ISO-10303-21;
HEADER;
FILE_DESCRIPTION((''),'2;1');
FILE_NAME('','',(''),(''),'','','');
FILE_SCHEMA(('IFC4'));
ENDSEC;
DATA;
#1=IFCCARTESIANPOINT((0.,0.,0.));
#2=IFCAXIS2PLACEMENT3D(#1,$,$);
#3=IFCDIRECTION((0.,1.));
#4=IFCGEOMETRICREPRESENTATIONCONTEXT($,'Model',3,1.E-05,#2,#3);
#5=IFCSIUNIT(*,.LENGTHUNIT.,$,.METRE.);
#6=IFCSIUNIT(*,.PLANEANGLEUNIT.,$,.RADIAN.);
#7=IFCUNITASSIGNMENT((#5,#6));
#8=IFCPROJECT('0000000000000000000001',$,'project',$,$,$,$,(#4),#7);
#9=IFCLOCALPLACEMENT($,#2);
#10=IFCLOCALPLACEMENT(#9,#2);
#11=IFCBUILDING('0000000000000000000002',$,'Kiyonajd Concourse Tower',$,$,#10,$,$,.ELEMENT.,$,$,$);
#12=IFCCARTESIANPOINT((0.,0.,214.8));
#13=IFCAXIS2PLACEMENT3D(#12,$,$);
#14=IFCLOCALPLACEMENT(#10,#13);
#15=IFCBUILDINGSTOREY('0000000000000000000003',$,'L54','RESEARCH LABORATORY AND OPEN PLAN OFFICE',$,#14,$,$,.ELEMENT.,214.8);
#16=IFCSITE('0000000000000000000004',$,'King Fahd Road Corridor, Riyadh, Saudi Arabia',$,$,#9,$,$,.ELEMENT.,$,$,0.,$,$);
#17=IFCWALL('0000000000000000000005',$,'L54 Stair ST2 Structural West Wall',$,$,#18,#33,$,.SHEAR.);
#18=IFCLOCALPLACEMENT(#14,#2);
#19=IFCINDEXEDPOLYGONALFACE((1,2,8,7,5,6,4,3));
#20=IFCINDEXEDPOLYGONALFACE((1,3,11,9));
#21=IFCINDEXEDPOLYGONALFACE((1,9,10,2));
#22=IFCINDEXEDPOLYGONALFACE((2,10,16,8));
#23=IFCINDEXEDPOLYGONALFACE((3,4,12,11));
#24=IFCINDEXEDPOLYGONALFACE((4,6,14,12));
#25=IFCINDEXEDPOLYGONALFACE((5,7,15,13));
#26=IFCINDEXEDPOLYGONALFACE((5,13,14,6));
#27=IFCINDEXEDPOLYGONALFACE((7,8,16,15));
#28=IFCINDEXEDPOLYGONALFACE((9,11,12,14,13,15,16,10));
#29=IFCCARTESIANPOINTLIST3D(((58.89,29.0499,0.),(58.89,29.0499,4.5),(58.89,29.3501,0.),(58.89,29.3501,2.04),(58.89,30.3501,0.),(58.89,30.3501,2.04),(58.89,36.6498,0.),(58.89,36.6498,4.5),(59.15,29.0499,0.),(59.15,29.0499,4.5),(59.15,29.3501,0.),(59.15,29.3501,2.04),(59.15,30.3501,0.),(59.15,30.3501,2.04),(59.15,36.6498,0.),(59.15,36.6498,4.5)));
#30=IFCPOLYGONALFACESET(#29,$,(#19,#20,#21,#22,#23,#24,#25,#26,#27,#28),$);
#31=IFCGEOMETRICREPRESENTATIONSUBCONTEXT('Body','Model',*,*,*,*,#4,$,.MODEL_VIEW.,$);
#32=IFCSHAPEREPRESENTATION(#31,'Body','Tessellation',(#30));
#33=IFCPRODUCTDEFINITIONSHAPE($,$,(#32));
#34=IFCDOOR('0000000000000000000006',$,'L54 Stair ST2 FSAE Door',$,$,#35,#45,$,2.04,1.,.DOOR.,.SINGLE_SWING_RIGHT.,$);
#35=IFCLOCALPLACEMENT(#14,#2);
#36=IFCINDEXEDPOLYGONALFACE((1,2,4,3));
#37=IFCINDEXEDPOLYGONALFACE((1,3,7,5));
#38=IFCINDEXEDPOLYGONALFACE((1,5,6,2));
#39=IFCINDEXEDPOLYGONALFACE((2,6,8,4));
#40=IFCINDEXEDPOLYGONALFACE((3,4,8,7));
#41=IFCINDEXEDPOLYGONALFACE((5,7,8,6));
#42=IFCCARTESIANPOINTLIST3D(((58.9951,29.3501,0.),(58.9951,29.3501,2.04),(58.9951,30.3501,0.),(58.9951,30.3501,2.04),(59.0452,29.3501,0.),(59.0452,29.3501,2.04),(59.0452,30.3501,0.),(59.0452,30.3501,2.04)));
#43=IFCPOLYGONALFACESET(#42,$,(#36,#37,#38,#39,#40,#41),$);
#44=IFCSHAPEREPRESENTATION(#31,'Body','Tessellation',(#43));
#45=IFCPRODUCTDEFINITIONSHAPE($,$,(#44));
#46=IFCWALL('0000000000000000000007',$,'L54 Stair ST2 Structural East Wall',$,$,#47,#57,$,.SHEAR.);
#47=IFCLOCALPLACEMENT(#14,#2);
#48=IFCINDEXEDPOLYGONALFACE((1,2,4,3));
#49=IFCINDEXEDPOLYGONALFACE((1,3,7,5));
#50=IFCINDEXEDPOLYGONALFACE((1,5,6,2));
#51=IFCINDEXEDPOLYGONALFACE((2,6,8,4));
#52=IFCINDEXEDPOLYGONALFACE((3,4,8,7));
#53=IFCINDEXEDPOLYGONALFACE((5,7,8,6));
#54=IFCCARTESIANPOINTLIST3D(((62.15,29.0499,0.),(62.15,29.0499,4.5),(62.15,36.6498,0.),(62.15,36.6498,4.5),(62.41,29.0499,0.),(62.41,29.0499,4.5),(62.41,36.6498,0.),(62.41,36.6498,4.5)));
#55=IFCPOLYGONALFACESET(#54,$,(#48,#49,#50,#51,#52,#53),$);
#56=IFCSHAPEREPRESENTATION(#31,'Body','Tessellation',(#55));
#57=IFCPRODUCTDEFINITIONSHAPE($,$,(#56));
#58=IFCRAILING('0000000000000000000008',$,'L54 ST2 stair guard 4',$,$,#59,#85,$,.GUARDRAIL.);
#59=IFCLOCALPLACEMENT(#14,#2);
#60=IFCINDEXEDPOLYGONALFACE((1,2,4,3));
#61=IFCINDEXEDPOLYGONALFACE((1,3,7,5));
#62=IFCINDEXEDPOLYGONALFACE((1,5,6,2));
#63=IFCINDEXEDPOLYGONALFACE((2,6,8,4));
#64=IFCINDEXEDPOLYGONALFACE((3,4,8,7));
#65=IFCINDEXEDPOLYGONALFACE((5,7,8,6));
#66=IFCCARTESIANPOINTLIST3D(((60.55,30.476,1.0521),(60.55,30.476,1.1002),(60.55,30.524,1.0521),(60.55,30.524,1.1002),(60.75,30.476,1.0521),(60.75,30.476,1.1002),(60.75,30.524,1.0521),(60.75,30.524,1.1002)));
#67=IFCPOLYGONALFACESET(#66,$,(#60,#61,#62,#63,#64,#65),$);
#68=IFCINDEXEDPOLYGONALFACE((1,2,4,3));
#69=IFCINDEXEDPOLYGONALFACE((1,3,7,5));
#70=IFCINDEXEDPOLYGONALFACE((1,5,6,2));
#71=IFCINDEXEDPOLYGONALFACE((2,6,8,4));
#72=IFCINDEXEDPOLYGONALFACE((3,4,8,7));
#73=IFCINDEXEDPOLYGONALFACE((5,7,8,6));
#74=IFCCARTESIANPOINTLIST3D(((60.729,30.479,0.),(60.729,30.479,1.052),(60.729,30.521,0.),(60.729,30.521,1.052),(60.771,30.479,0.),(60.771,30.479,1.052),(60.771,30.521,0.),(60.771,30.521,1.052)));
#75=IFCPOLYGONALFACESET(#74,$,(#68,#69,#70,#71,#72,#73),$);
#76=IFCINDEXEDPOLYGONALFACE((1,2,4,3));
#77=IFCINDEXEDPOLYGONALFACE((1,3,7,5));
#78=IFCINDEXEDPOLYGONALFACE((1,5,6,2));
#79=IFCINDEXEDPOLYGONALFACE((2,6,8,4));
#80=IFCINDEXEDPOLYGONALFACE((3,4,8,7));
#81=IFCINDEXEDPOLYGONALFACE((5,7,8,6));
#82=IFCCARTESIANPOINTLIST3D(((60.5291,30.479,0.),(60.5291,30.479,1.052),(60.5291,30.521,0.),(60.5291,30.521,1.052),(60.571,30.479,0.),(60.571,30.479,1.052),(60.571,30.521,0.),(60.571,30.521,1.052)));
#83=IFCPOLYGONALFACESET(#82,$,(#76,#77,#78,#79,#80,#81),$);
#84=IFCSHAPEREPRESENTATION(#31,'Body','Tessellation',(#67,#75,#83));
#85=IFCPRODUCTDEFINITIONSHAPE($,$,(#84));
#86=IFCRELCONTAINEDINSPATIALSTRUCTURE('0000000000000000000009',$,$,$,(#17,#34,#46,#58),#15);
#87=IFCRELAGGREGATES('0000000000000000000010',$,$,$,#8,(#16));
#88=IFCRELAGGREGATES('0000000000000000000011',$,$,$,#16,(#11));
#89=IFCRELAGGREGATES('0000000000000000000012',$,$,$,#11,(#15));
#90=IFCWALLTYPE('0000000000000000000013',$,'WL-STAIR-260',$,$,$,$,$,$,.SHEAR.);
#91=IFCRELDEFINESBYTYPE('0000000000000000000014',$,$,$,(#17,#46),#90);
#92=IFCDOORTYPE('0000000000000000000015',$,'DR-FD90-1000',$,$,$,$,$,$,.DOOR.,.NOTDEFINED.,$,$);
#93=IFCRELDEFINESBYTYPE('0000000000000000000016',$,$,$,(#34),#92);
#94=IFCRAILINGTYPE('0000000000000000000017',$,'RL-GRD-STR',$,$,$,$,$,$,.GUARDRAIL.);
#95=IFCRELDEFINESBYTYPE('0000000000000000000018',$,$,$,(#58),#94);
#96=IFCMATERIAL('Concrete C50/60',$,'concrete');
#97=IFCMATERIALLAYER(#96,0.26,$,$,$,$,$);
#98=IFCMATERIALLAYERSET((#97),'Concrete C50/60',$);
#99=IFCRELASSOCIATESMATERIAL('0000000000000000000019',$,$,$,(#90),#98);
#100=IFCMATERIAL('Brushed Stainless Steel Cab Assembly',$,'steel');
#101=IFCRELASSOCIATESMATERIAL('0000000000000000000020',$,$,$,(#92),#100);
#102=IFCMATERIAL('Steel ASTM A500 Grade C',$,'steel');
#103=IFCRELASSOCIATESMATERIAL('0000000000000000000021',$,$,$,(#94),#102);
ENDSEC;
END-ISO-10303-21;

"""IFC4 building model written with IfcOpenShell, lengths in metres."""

from ifc_helpers import new_model, si_unit, direction, frame, frame_2d, origin, origin_2d, place, context, subcontext, project, spatial, rectangle, extrude, material, layer, layer_set, type_object, element, fill, save


model = new_model("IFC4")

# Units and contexts
model_context = context("Model", 3, precision=1e-05, world=origin(), true_north=direction((0.0, 1.0)))
body_context = subcontext(model_context, "Body", "Model", "MODEL_VIEW")
ifc_project = project(units=[si_unit("LENGTHUNIT", "METRE"), si_unit("PLANEANGLEUNIT", "RADIAN")], contexts=[model_context])

# Site, building, storey
site_placement = place(None, origin())
site = spatial("IfcSite", under=ifc_project, at=site_placement, Name="King Fahd Road Corridor, Riyadh, Saudi Arabia", CompositionType="ELEMENT", RefElevation=0.0)
building_placement = place(site_placement, origin())
building = spatial("IfcBuilding", under=site, at=building_placement, Name="Kiyonajd Concourse Tower", CompositionType="ELEMENT")
storey_placement = place(building_placement, frame((0.0, 0.0, 214.8)))
storey = spatial("IfcBuildingStorey", under=building, at=storey_placement, Name="L54", Description="RESEARCH LABORATORY AND OPEN PLAN OFFICE", CompositionType="ELEMENT", Elevation=214.8)

# Shared definitions
ifc_material_1 = material(Name="Concrete C50/60", Category="concrete")
ifc_layer_1 = layer(ifc_material_1, 0.26)
ifc_layer_set_1 = layer_set([ifc_layer_1], Name="Concrete C50/60")
wall_type_1 = type_object("IfcWallType", Name="WL-STAIR-260", PredefinedType="SHEAR", material=ifc_layer_set_1)

# Wall, opening, door
wall_1_placement = place(storey_placement, frame((59.02, 29.05, 0.0), z_axis=(0.0, 0.0, 1.0), x_axis=(0.0, 1.0, 0.0)))
wall_1 = element("IfcWall", 1, at=wall_1_placement, inside=storey, type_object=wall_type_1, Name="L54 Stair ST2 Structural West Wall", PredefinedType="SHEAR", context=body_context, shape_type="SweptSolid", body=[
    extrude(rectangle(XDim=7.5999, YDim=0.26, at=frame_2d((3.7998, 0.0))), origin(), (0.0, 0.0, 1.0), 4.5),
])
opening_1_placement = place(wall_1_placement, frame((0.3, 0.0, 0.0)))
opening_1 = element("IfcOpeningElement", 2, at=opening_1_placement, cuts=wall_1, PredefinedType="OPENING", context=body_context, shape_type="SweptSolid", body=[
    extrude(rectangle(XDim=1.0, YDim=2.04, at=frame_2d((0.5, 1.02))), frame((0.0, 0.1399, 0.0), z_axis=(0.0, -1.0, 0.0), x_axis=(1.0, 0.0, 0.0)), (0.0, 0.0, 1.0), 0.28),
])
ifc_material_2 = material(Name="Brushed Stainless Steel Cab Assembly", Category="steel")
door_type = type_object("IfcDoorType", Name="DR-FD90-1000", OperationType="NOTDEFINED", PredefinedType="DOOR", material=ifc_material_2)
door_placement = place(opening_1_placement, origin())
door = element("IfcDoor", 3, at=door_placement, inside=storey, type_object=door_type, Name="L54 Stair ST2 FSAE Door", OperationType="SINGLE_SWING_RIGHT", OverallHeight=2.04, OverallWidth=1.0, PredefinedType="DOOR", context=body_context, shape_type="SweptSolid", body=[
    extrude(rectangle(XDim=1.0, YDim=2.04, at=frame_2d((0.5, 1.02))), frame((0.0, 0.0249, 0.0), z_axis=(0.0, -1.0, 0.0), x_axis=(1.0, 0.0, 0.0)), (0.0, 0.0, 1.0), 0.05),
])
fill(opening_1, door)

# Wall
wall_2_placement = place(storey_placement, frame((62.28, 29.05, 0.0), z_axis=(0.0, 0.0, 1.0), x_axis=(0.0, 1.0, 0.0)))
element("IfcWall", 4, at=wall_2_placement, inside=storey, type_object=wall_type_1, Name="L54 Stair ST2 Structural East Wall", PredefinedType="SHEAR", context=body_context, shape_type="SweptSolid", body=[
    extrude(rectangle(XDim=7.5999, YDim=0.26, at=frame_2d((3.7998, 0.0))), origin(), (0.0, 0.0, 1.0), 4.5),
])

# Railing
ifc_material_3 = material(Name="Steel ASTM A500 Grade C", Category="steel")
railing_type = type_object("IfcRailingType", Name="RL-GRD-STR", PredefinedType="GUARDRAIL", material=ifc_material_3)
railing_placement = place(storey_placement, frame((60.75, 30.5, 0.0)))
element("IfcRailing", 5, at=railing_placement, inside=storey, type_object=railing_type, Name="L54 ST2 stair guard 4", PredefinedType="GUARDRAIL", context=body_context, shape_type="SweptSolid", body=[
    extrude(rectangle(XDim=0.0481, YDim=0.0481, at=origin_2d()), frame((0.0, 0.0, 1.0762), z_axis=(-1.0, 0.0, 0.0), x_axis=(0.0, -1.0, 0.0)), (0.0, 0.0, 1.0), 0.2),
    extrude(rectangle(XDim=0.042, YDim=0.042, at=origin_2d()), origin(), (0.0, 0.0, 1.0), 1.052),
    extrude(rectangle(XDim=0.042, YDim=0.042, at=origin_2d()), frame((-0.2, 0.0, 0.0)), (0.0, 0.0, 1.0), 1.052),
])

save(model, "model.ifc")
